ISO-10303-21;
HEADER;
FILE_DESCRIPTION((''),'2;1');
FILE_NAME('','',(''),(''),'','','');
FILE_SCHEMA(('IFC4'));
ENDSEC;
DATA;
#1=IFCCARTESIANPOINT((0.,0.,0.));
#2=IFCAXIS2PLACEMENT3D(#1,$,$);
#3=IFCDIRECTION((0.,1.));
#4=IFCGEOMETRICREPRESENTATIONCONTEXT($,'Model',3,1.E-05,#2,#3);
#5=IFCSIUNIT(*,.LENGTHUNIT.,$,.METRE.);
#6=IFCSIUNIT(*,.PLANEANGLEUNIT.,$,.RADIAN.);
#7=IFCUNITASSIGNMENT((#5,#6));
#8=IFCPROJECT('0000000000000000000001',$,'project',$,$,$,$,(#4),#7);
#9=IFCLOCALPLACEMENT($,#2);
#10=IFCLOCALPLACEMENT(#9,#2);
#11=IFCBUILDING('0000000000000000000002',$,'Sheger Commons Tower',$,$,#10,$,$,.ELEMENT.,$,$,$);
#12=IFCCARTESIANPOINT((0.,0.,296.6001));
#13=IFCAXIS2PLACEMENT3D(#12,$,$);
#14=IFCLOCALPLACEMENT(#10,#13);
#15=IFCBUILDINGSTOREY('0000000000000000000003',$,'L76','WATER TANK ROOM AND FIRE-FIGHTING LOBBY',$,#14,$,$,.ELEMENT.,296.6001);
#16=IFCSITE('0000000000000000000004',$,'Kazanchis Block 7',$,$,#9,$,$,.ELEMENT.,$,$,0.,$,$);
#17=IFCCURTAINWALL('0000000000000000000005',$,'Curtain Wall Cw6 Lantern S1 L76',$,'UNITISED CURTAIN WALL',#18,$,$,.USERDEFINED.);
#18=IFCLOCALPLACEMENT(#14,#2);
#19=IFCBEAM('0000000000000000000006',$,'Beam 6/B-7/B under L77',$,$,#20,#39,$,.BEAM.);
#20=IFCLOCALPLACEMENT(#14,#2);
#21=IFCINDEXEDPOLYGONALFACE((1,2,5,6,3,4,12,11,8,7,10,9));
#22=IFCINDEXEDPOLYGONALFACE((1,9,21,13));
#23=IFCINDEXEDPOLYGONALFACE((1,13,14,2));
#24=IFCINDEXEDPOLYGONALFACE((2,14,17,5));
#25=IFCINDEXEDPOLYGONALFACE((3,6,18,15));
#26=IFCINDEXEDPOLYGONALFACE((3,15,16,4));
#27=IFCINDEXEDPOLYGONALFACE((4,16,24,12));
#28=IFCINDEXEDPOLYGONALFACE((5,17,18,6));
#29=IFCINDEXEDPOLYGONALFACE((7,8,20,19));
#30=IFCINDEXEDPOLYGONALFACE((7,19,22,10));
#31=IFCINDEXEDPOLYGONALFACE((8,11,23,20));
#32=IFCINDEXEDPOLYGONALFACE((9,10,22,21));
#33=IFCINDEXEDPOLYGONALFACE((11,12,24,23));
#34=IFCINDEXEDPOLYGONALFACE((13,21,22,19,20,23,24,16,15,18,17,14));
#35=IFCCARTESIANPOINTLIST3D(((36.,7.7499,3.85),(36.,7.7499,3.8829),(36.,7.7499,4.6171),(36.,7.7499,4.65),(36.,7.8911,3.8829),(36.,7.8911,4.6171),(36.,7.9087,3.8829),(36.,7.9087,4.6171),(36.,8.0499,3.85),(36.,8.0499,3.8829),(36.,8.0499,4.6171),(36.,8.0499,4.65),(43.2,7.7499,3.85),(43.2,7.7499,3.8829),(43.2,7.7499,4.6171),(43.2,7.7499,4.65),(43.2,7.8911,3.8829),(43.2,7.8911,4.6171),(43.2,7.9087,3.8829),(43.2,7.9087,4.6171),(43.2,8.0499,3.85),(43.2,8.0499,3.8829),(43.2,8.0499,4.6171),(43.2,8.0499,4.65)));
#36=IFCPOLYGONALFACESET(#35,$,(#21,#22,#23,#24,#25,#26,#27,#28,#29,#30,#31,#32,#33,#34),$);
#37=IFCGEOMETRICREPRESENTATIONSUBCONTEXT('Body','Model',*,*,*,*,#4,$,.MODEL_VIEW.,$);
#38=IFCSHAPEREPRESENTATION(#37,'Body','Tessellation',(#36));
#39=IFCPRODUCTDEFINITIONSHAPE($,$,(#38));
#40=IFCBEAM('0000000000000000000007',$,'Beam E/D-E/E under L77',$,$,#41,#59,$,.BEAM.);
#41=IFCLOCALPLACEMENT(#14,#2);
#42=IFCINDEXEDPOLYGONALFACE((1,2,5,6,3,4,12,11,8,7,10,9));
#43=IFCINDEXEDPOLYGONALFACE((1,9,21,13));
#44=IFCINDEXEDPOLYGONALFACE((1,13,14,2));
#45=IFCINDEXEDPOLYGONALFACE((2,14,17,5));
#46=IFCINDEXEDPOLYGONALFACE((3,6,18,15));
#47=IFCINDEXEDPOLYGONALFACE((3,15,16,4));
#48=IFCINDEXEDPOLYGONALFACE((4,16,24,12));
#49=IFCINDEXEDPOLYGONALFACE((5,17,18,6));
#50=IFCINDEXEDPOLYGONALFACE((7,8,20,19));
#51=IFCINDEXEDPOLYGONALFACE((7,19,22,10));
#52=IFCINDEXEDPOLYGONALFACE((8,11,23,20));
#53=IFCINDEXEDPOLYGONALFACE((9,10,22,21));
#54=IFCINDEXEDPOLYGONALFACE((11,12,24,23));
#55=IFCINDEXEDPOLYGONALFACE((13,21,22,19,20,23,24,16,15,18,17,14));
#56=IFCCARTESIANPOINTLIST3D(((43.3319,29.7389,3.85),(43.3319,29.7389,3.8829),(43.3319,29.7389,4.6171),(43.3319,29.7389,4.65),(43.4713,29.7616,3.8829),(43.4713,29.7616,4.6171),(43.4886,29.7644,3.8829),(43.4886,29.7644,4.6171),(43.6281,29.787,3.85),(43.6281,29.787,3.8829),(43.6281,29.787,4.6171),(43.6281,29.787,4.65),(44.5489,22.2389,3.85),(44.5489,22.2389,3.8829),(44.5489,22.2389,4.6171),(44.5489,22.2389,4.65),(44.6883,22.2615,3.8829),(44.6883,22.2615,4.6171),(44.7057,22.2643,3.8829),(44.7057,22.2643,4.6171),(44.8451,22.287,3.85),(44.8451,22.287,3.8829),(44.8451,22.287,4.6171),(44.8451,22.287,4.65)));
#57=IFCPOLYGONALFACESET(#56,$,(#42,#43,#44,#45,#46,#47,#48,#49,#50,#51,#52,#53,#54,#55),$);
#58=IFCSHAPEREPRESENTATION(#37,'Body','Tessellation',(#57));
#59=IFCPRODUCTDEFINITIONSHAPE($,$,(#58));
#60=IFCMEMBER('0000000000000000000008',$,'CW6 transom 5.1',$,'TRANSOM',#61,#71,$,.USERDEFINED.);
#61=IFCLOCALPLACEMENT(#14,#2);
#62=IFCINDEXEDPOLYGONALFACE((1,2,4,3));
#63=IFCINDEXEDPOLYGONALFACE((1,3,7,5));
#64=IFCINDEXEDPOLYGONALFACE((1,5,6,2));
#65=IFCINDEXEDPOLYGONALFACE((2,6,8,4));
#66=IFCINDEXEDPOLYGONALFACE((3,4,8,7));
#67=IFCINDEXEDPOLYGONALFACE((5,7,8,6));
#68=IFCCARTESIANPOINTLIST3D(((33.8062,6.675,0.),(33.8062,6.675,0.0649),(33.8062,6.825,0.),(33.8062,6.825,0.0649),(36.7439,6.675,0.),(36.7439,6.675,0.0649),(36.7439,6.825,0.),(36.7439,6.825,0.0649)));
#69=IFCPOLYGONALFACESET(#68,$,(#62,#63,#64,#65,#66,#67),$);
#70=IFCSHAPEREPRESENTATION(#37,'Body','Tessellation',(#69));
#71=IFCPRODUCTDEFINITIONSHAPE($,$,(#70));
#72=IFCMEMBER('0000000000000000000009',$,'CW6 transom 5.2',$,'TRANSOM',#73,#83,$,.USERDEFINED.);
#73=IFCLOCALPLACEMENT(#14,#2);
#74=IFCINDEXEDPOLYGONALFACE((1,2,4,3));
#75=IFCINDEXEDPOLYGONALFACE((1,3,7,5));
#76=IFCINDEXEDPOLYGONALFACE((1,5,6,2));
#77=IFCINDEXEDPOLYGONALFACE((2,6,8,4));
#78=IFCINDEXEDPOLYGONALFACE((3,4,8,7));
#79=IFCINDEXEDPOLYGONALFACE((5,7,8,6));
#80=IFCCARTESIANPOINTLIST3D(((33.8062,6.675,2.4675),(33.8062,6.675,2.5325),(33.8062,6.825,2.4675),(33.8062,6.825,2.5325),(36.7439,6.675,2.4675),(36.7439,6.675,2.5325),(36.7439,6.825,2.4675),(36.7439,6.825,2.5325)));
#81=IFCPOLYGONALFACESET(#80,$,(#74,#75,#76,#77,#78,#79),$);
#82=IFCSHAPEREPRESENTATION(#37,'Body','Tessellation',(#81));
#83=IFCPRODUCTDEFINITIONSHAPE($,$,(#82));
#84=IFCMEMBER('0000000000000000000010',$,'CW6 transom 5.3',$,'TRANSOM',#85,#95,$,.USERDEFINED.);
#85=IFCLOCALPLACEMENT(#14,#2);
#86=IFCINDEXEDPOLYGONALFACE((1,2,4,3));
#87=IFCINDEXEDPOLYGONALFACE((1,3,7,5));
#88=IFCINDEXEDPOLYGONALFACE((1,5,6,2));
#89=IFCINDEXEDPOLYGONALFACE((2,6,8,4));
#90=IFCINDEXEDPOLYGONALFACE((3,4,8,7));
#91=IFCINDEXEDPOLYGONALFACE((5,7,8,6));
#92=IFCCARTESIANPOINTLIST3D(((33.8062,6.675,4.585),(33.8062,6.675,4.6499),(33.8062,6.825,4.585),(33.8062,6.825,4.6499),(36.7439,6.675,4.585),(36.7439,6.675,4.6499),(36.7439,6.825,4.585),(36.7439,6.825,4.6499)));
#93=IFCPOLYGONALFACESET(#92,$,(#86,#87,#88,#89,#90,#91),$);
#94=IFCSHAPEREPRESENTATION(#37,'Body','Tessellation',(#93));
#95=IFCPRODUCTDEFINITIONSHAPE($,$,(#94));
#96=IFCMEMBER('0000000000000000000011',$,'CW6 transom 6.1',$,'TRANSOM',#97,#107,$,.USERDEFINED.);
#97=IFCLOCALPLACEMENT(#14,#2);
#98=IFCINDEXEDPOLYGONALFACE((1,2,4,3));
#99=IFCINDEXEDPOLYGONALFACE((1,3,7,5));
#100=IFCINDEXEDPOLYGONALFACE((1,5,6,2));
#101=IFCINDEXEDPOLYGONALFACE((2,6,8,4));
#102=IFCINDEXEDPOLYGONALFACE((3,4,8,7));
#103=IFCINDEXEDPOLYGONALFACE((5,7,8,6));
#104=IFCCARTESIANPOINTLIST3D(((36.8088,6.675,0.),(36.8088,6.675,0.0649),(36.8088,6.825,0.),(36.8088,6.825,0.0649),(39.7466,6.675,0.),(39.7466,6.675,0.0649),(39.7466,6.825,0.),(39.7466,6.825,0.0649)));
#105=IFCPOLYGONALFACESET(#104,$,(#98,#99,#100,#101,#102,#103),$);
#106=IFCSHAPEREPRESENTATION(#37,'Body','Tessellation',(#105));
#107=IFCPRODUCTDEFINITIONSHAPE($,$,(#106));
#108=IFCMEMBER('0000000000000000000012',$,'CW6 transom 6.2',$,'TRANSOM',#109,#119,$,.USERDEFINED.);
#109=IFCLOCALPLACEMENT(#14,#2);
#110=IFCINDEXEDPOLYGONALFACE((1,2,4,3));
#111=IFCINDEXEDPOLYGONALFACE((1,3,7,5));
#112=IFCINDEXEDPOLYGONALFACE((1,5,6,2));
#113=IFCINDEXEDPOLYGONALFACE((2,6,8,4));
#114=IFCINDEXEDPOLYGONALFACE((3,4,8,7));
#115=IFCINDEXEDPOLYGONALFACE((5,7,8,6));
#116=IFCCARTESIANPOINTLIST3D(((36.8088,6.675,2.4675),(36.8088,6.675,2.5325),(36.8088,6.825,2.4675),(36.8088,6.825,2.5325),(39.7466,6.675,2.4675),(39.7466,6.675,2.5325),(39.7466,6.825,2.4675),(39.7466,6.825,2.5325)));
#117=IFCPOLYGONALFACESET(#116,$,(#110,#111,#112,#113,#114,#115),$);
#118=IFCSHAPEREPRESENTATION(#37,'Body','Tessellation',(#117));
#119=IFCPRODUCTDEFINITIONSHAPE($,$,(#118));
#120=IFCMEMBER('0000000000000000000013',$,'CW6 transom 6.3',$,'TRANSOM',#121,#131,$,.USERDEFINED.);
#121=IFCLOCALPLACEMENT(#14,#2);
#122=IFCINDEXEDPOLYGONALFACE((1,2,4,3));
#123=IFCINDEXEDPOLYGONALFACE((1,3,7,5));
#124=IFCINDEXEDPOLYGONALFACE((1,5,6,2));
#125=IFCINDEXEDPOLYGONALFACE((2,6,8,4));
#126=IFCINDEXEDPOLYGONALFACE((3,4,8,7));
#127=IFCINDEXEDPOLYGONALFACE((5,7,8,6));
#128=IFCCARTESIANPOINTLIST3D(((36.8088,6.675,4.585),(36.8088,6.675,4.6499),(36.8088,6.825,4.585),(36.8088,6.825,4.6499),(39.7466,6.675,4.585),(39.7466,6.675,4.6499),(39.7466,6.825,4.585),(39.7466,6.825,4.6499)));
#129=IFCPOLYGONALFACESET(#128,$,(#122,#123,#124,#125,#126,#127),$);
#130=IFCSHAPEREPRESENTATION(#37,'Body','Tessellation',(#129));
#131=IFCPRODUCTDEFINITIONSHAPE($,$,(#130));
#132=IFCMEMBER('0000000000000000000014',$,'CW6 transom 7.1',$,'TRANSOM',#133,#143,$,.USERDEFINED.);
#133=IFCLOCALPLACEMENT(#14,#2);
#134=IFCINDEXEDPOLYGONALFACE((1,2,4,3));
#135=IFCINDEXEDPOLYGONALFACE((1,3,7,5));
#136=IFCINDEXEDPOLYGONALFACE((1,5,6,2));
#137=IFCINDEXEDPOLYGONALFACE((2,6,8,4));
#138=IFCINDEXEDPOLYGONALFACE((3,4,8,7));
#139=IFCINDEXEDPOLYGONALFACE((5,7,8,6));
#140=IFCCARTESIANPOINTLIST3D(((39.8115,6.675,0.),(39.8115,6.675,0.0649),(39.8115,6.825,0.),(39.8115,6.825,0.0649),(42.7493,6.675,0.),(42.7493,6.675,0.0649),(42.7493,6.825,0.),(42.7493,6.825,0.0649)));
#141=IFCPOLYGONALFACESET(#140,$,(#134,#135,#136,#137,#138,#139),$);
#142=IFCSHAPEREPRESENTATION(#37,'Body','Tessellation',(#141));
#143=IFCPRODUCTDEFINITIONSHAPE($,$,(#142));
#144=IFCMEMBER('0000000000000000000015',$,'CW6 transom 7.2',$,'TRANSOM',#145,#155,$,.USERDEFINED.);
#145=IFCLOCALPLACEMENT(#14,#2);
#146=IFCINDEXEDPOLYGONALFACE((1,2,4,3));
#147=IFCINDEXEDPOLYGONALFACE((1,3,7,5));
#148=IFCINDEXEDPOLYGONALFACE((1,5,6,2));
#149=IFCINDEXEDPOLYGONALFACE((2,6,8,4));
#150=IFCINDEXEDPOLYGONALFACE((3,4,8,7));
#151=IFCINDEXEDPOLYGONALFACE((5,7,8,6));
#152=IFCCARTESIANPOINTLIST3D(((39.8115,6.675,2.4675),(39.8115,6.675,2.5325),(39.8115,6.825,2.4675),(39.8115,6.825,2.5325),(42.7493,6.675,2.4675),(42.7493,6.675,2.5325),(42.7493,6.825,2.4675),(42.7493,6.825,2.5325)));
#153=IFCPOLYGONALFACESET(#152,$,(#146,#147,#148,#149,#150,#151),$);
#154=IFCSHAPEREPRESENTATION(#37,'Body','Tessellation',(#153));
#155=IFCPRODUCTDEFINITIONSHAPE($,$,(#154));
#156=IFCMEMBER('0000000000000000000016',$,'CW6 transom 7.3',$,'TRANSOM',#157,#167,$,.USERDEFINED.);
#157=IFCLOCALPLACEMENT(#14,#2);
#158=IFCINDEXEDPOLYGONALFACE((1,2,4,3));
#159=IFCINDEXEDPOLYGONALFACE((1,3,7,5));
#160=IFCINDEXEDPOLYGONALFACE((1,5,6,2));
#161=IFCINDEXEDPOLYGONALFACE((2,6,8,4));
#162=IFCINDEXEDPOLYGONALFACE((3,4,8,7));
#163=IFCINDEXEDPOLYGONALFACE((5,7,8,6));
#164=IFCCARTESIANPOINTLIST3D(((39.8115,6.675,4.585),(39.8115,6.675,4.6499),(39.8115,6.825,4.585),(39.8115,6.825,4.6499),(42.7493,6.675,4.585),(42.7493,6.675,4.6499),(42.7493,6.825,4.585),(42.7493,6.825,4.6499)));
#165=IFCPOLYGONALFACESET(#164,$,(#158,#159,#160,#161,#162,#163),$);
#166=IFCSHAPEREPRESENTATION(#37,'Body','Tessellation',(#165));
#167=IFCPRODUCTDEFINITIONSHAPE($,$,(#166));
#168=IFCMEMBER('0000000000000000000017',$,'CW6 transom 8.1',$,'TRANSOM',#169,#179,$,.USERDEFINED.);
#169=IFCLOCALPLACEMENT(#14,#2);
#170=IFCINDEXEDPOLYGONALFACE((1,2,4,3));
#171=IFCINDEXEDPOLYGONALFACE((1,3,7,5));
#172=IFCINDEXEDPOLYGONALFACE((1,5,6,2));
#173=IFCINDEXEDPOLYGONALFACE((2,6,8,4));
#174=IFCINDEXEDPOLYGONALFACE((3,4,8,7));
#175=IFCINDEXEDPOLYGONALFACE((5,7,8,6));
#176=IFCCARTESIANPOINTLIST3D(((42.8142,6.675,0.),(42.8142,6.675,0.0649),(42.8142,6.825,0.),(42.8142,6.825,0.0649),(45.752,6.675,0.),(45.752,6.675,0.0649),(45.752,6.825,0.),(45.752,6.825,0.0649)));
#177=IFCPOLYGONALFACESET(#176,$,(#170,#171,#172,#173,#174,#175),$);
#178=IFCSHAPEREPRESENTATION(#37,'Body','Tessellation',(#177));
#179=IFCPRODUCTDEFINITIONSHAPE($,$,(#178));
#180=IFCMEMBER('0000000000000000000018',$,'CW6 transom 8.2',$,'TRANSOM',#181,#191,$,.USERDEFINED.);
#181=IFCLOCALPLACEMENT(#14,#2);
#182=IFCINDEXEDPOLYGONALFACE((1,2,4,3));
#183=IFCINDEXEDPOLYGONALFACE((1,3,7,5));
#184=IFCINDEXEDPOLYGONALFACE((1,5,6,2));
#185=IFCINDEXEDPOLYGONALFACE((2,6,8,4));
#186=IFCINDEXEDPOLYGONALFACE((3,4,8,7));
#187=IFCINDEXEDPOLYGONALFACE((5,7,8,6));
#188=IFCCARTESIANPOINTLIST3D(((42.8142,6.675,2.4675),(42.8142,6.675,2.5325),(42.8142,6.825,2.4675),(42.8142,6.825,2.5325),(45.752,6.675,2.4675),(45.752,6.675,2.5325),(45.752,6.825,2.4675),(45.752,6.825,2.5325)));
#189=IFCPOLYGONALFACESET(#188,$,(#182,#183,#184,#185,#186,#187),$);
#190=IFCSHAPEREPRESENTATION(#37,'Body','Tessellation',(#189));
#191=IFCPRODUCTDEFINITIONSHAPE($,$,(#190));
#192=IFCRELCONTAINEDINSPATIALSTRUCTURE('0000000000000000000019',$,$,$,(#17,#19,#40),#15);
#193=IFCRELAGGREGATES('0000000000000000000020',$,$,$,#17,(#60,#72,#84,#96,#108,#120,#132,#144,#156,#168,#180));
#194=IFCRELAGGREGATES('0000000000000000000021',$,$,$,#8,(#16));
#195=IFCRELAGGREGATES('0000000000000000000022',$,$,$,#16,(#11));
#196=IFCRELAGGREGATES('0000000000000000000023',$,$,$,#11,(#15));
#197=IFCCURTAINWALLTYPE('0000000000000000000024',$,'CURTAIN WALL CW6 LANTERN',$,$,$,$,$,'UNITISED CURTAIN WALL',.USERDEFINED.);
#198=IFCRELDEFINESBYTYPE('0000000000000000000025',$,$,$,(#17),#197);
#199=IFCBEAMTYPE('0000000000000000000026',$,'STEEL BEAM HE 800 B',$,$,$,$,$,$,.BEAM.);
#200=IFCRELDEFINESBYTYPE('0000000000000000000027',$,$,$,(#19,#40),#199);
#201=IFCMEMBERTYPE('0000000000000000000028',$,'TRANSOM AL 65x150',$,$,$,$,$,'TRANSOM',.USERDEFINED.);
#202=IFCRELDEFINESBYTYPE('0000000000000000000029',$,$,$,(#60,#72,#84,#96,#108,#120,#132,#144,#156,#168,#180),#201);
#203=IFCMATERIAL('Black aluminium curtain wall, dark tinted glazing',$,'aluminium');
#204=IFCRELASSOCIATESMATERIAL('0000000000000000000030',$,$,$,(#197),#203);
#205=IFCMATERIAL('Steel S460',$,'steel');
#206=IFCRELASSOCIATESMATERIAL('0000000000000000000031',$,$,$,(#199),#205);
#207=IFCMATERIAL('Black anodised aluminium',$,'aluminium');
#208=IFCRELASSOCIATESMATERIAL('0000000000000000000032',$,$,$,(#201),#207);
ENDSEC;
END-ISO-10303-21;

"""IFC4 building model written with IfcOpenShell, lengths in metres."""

from ifc_helpers import new_model, si_unit, direction, frame, origin, origin_2d, place, context, subcontext, project, spatial, rectangle, i_section, extrude, material, material_profile, profile_set, type_object, element, aggregate, save


model = new_model("IFC4")

# Units and contexts
model_context = context("Model", 3, precision=1e-05, world=origin(), true_north=direction((0.0, 1.0)))
body_context = subcontext(model_context, "Body", "Model", "MODEL_VIEW")
ifc_project = project(units=[si_unit("LENGTHUNIT", "METRE"), si_unit("PLANEANGLEUNIT", "RADIAN")], contexts=[model_context])

# Site, building, storey
site_placement = place(None, origin())
site = spatial("IfcSite", under=ifc_project, at=site_placement, Name="Kazanchis Block 7", CompositionType="ELEMENT", RefElevation=0.0)
building_placement = place(site_placement, origin())
building = spatial("IfcBuilding", under=site, at=building_placement, Name="Sheger Commons Tower", CompositionType="ELEMENT")
storey_placement = place(building_placement, frame((0.0, 0.0, 296.6001)))
storey = spatial("IfcBuildingStorey", under=building, at=storey_placement, Name="L76", Description="WATER TANK ROOM AND FIRE-FIGHTING LOBBY", CompositionType="ELEMENT", Elevation=296.6001)

# Curtain wall
ifc_material_1 = material(Name="Black aluminium curtain wall, dark tinted glazing", Category="aluminium")
curtain_wall_type = type_object("IfcCurtainWallType", Name="CURTAIN WALL CW6 LANTERN", ElementType="UNITISED CURTAIN WALL", PredefinedType="USERDEFINED", material=ifc_material_1)
curtain_wall_placement = place(storey_placement, origin())
curtain_wall = element("IfcCurtainWall", 1, at=curtain_wall_placement, inside=storey, type_object=curtain_wall_type, Name="Curtain Wall Cw6 Lantern S1 L76", ObjectType="UNITISED CURTAIN WALL", PredefinedType="USERDEFINED")

# Beams
ifc_material_2 = material(Name="Steel S460", Category="steel")
ifc_material_profile_1 = material_profile(ifc_material_2, i_section(OverallWidth=0.3, OverallDepth=0.8, WebThickness=0.0176, FlangeThickness=0.033, at=origin_2d()), Name="HE 800 B")
ifc_profile_set_1 = profile_set([ifc_material_profile_1], Name="Steel S460")
beam_type_1 = type_object("IfcBeamType", Name="STEEL BEAM HE 800 B", PredefinedType="BEAM", material=ifc_profile_set_1)
beam_1_placement = place(storey_placement, frame((36.0, 7.8999, 4.25), z_axis=(1.0, 0.0, 0.0), x_axis=(0.0, 1.0, 0.0)))
element("IfcBeam", 2, at=beam_1_placement, inside=storey, type_object=beam_type_1, Name="Beam 6/B-7/B under L77", PredefinedType="BEAM", context=body_context, shape_type="SweptSolid", body=[
    extrude(i_section(OverallWidth=0.3, OverallDepth=0.8, WebThickness=0.0176, FlangeThickness=0.033, at=origin_2d()), origin(), (0.0, 0.0, 1.0), 7.2),
])
beam_2_placement = place(storey_placement, frame((44.697, 22.2629, 4.25), z_axis=(-0.160177, 0.987088, 0.0), x_axis=(-0.987088, -0.160177, 0.0)))
element("IfcBeam", 3, at=beam_2_placement, inside=storey, type_object=beam_type_1, Name="Beam E/D-E/E under L77", PredefinedType="BEAM", context=body_context, shape_type="SweptSolid", body=[
    extrude(i_section(OverallWidth=0.3, OverallDepth=0.8, WebThickness=0.0176, FlangeThickness=0.033, at=origin_2d()), origin(), (0.0, 0.0, 1.0), 7.5981),
])

# Members
ifc_material_3 = material(Name="Black anodised aluminium", Category="aluminium")
ifc_material_profile_2 = material_profile(ifc_material_3, rectangle(XDim=0.1499, YDim=0.0649, at=origin_2d()), Name="AL 65x150")
ifc_profile_set_2 = profile_set([ifc_material_profile_2], Name="Black anodised aluminium")
member_type_1 = type_object("IfcMemberType", Name="TRANSOM AL 65x150", ElementType="TRANSOM", PredefinedType="USERDEFINED", material=ifc_profile_set_2)
member_1_placement = place(storey_placement, frame((33.8062, 6.75, 0.0325), z_axis=(1.0, 0.0, 0.0), x_axis=(0.0, 1.0, 0.0)))
member_1 = element("IfcMember", 4, at=member_1_placement, type_object=member_type_1, Name="CW6 transom 5.1", ObjectType="TRANSOM", PredefinedType="USERDEFINED", context=body_context, shape_type="SweptSolid", body=[
    extrude(rectangle(XDim=0.1499, YDim=0.0649, at=origin_2d()), origin(), (0.0, 0.0, 1.0), 2.9377),
])
member_2_placement = place(storey_placement, frame((33.8062, 6.75, 2.5), z_axis=(1.0, 0.0, 0.0), x_axis=(0.0, 1.0, 0.0)))
member_2 = element("IfcMember", 5, at=member_2_placement, type_object=member_type_1, Name="CW6 transom 5.2", ObjectType="TRANSOM", PredefinedType="USERDEFINED", context=body_context, shape_type="SweptSolid", body=[
    extrude(rectangle(XDim=0.1499, YDim=0.0649, at=origin_2d()), origin(), (0.0, 0.0, 1.0), 2.9377),
])
member_3_placement = place(storey_placement, frame((33.8062, 6.75, 4.6174), z_axis=(1.0, 0.0, 0.0), x_axis=(0.0, 1.0, 0.0)))
member_3 = element("IfcMember", 6, at=member_3_placement, type_object=member_type_1, Name="CW6 transom 5.3", ObjectType="TRANSOM", PredefinedType="USERDEFINED", context=body_context, shape_type="SweptSolid", body=[
    extrude(rectangle(XDim=0.1499, YDim=0.0649, at=origin_2d()), origin(), (0.0, 0.0, 1.0), 2.9377),
])
member_4_placement = place(storey_placement, frame((36.8088, 6.75, 0.0325), z_axis=(1.0, 0.0, 0.0), x_axis=(0.0, 1.0, 0.0)))
member_4 = element("IfcMember", 7, at=member_4_placement, type_object=member_type_1, Name="CW6 transom 6.1", ObjectType="TRANSOM", PredefinedType="USERDEFINED", context=body_context, shape_type="SweptSolid", body=[
    extrude(rectangle(XDim=0.1499, YDim=0.0649, at=origin_2d()), origin(), (0.0, 0.0, 1.0), 2.9377),
])
member_5_placement = place(storey_placement, frame((36.8088, 6.75, 2.5), z_axis=(1.0, 0.0, 0.0), x_axis=(0.0, 1.0, 0.0)))
member_5 = element("IfcMember", 8, at=member_5_placement, type_object=member_type_1, Name="CW6 transom 6.2", ObjectType="TRANSOM", PredefinedType="USERDEFINED", context=body_context, shape_type="SweptSolid", body=[
    extrude(rectangle(XDim=0.1499, YDim=0.0649, at=origin_2d()), origin(), (0.0, 0.0, 1.0), 2.9377),
])
member_6_placement = place(storey_placement, frame((36.8088, 6.75, 4.6174), z_axis=(1.0, 0.0, 0.0), x_axis=(0.0, 1.0, 0.0)))
member_6 = element("IfcMember", 9, at=member_6_placement, type_object=member_type_1, Name="CW6 transom 6.3", ObjectType="TRANSOM", PredefinedType="USERDEFINED", context=body_context, shape_type="SweptSolid", body=[
    extrude(rectangle(XDim=0.1499, YDim=0.0649, at=origin_2d()), origin(), (0.0, 0.0, 1.0), 2.9377),
])
member_7_placement = place(storey_placement, frame((39.8115, 6.75, 0.0325), z_axis=(1.0, 0.0, 0.0), x_axis=(0.0, 1.0, 0.0)))
member_7 = element("IfcMember", 10, at=member_7_placement, type_object=member_type_1, Name="CW6 transom 7.1", ObjectType="TRANSOM", PredefinedType="USERDEFINED", context=body_context, shape_type="SweptSolid", body=[
    extrude(rectangle(XDim=0.1499, YDim=0.0649, at=origin_2d()), origin(), (0.0, 0.0, 1.0), 2.9377),
])
member_8_placement = place(storey_placement, frame((39.8115, 6.75, 2.5), z_axis=(1.0, 0.0, 0.0), x_axis=(0.0, 1.0, 0.0)))
member_8 = element("IfcMember", 11, at=member_8_placement, type_object=member_type_1, Name="CW6 transom 7.2", ObjectType="TRANSOM", PredefinedType="USERDEFINED", context=body_context, shape_type="SweptSolid", body=[
    extrude(rectangle(XDim=0.1499, YDim=0.0649, at=origin_2d()), origin(), (0.0, 0.0, 1.0), 2.9377),
])
member_9_placement = place(storey_placement, frame((39.8115, 6.75, 4.6174), z_axis=(1.0, 0.0, 0.0), x_axis=(0.0, 1.0, 0.0)))
member_9 = element("IfcMember", 12, at=member_9_placement, type_object=member_type_1, Name="CW6 transom 7.3", ObjectType="TRANSOM", PredefinedType="USERDEFINED", context=body_context, shape_type="SweptSolid", body=[
    extrude(rectangle(XDim=0.1499, YDim=0.0649, at=origin_2d()), origin(), (0.0, 0.0, 1.0), 2.9377),
])
member_10_placement = place(storey_placement, frame((42.8142, 6.75, 0.0325), z_axis=(1.0, 0.0, 0.0), x_axis=(0.0, 1.0, 0.0)))
member_10 = element("IfcMember", 13, at=member_10_placement, type_object=member_type_1, Name="CW6 transom 8.1", ObjectType="TRANSOM", PredefinedType="USERDEFINED", context=body_context, shape_type="SweptSolid", body=[
    extrude(rectangle(XDim=0.1499, YDim=0.0649, at=origin_2d()), origin(), (0.0, 0.0, 1.0), 2.9377),
])
member_11_placement = place(storey_placement, frame((42.8142, 6.75, 2.5), z_axis=(1.0, 0.0, 0.0), x_axis=(0.0, 1.0, 0.0)))
member_11 = element("IfcMember", 14, at=member_11_placement, type_object=member_type_1, Name="CW6 transom 8.2", ObjectType="TRANSOM", PredefinedType="USERDEFINED", context=body_context, shape_type="SweptSolid", body=[
    extrude(rectangle(XDim=0.1499, YDim=0.0649, at=origin_2d()), origin(), (0.0, 0.0, 1.0), 2.9377),
])

aggregate(curtain_wall, [member_1, member_2, member_3, member_4, member_5, member_6, member_7, member_8, member_9, member_10, member_11])

save(model, "model.ifc")
